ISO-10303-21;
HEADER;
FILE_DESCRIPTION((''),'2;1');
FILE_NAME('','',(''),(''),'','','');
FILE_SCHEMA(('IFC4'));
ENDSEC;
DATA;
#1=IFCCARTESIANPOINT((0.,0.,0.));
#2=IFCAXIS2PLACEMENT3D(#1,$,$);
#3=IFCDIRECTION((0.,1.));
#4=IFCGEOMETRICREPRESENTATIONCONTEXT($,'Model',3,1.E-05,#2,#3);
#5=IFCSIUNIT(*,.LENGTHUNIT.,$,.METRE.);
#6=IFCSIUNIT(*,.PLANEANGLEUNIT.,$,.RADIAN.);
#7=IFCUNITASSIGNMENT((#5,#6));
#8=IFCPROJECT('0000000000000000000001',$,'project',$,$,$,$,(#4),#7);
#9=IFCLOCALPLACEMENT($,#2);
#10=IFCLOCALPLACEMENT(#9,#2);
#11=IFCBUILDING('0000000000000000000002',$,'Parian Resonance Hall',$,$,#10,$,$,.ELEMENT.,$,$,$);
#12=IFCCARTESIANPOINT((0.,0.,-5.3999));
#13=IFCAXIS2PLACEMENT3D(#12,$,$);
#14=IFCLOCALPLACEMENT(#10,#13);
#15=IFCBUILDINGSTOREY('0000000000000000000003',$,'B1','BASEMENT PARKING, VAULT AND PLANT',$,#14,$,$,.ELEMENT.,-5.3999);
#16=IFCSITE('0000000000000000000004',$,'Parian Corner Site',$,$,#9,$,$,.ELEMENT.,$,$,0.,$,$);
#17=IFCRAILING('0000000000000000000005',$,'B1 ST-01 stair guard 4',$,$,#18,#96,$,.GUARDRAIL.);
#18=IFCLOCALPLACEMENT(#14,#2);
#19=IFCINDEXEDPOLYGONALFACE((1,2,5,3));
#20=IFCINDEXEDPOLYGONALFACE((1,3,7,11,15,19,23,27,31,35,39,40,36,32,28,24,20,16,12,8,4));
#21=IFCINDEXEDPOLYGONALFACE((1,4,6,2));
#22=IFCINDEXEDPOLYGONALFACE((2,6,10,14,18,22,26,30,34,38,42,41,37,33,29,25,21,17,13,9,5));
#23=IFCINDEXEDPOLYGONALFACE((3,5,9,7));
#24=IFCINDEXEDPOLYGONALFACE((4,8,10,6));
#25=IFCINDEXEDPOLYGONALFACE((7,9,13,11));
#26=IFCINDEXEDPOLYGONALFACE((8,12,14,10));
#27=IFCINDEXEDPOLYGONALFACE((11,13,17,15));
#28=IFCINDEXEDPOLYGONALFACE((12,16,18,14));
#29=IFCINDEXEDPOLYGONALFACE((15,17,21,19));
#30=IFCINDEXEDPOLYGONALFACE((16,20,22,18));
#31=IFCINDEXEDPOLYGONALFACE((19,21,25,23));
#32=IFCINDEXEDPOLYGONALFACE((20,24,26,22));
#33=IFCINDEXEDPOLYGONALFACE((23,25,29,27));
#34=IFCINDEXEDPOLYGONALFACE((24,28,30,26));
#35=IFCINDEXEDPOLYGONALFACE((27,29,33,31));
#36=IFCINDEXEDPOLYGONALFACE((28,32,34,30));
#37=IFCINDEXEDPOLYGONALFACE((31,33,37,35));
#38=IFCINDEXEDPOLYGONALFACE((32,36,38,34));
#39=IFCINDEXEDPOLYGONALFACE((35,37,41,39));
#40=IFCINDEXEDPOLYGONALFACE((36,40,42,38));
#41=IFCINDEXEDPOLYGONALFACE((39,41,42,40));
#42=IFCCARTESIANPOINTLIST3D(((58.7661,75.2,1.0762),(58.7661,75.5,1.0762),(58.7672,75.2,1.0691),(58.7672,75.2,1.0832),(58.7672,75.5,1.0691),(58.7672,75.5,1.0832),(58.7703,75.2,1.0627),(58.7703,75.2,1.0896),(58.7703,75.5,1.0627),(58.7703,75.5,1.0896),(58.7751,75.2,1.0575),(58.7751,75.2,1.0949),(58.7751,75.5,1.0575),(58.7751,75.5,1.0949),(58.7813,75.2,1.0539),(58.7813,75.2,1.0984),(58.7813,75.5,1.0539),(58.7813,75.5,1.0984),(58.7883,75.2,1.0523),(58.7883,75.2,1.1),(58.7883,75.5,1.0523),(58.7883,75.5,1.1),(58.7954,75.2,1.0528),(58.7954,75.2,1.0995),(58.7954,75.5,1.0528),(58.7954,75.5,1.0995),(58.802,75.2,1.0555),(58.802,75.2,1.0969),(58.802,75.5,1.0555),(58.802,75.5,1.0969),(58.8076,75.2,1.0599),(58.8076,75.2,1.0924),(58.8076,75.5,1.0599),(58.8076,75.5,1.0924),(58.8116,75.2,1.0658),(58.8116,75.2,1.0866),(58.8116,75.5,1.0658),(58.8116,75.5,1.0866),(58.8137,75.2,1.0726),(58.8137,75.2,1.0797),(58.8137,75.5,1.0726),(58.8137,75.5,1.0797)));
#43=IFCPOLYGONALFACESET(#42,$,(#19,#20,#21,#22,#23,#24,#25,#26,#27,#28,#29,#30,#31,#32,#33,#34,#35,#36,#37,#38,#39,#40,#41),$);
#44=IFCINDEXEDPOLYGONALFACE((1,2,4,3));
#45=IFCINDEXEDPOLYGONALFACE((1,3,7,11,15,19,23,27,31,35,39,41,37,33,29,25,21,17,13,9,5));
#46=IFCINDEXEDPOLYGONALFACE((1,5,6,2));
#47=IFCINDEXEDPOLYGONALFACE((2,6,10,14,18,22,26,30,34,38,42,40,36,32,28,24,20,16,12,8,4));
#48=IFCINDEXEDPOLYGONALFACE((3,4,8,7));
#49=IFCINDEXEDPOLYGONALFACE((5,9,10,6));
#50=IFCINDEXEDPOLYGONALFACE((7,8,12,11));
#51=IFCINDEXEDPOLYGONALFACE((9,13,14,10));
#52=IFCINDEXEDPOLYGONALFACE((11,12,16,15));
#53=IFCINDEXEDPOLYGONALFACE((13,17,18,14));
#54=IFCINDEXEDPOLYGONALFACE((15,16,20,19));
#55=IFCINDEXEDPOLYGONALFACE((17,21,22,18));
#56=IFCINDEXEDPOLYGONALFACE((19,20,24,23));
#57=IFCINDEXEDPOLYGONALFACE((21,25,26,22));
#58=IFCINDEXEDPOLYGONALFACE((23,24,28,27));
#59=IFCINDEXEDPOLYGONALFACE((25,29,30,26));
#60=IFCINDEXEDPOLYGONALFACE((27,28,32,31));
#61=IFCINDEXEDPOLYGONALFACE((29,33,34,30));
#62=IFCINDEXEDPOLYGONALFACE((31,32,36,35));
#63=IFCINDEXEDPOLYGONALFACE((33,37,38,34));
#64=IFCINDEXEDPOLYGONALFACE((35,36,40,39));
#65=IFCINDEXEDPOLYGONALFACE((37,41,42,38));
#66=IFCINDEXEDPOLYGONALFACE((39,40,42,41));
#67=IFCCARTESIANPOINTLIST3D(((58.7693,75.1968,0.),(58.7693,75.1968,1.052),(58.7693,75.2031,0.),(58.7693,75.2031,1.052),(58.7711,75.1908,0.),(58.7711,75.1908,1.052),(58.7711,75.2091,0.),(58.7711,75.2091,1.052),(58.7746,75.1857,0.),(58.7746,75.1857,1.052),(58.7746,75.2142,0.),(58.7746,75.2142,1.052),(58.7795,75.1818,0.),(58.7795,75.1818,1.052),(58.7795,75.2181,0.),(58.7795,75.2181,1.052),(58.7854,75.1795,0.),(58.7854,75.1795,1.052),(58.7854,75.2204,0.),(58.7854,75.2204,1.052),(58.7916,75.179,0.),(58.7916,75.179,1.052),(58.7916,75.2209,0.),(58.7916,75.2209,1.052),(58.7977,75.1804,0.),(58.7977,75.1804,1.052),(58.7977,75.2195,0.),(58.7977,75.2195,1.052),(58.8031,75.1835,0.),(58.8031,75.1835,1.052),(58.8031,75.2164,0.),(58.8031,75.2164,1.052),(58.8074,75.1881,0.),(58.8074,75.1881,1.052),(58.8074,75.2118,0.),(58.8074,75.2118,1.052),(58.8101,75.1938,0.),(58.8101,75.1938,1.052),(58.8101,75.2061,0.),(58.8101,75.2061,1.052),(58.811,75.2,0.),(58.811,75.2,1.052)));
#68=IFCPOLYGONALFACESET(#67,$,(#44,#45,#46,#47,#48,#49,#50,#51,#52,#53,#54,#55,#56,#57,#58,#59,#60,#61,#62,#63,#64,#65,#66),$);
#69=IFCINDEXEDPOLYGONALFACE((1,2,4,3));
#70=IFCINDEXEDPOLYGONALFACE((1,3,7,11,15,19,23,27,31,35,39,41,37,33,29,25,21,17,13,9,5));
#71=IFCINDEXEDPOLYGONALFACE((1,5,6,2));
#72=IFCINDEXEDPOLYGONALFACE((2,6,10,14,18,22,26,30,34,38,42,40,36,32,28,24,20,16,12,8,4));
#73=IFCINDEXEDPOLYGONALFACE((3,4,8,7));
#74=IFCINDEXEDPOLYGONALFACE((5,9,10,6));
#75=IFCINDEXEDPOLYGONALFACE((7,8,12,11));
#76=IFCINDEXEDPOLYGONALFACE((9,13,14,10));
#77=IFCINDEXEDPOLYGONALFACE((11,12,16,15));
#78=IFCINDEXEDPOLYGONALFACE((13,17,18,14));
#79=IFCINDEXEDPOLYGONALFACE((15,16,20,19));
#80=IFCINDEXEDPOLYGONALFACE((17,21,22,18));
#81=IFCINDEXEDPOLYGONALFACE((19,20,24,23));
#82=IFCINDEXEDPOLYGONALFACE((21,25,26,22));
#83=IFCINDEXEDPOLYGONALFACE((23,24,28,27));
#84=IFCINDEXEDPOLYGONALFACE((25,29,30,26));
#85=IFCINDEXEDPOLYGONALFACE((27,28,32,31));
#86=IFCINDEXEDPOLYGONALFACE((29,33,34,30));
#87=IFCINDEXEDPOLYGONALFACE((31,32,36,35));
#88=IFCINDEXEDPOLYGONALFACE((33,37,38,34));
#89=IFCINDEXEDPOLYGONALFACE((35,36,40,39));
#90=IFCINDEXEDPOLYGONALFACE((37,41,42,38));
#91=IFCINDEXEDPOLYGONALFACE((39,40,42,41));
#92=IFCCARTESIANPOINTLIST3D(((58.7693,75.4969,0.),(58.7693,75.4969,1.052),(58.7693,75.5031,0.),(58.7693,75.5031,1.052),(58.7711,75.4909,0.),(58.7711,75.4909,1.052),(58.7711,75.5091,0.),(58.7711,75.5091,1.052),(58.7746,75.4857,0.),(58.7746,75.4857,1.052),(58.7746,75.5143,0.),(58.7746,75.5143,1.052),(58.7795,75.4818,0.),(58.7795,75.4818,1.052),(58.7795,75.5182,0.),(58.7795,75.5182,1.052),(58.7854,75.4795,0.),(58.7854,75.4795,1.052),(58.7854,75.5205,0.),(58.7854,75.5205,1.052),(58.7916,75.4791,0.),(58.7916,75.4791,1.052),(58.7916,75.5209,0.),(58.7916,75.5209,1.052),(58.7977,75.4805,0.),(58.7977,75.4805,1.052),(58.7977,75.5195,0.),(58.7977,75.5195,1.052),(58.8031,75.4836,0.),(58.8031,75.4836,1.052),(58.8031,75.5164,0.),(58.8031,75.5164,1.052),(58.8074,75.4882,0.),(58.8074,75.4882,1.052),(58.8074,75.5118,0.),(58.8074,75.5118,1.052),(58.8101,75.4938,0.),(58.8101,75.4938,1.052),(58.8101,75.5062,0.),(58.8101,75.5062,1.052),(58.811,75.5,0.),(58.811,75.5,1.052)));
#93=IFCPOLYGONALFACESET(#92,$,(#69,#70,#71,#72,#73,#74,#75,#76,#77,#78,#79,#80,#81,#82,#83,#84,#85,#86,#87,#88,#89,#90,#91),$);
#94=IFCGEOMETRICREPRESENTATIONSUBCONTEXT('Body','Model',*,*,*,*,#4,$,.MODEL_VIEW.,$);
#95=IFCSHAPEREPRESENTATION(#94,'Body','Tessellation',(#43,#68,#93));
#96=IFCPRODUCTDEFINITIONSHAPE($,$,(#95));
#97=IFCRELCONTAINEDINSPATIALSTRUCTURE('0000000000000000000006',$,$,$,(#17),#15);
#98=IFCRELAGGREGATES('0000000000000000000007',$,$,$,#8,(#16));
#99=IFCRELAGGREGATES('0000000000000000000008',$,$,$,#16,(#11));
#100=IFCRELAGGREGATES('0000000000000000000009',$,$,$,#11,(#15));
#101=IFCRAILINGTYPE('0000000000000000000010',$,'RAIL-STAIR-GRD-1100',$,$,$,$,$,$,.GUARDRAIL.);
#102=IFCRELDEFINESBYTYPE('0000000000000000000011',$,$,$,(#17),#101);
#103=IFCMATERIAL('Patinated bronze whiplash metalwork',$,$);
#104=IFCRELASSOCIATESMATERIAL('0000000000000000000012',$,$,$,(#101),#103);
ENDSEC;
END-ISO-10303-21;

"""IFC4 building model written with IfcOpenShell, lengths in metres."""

from ifc_helpers import new_model, si_unit, direction, frame, origin, origin_2d, place, context, subcontext, project, spatial, circle, extrude, material, type_object, element, save


model = new_model("IFC4")

# Units and contexts
model_context = context("Model", 3, precision=1e-05, world=origin(), true_north=direction((0.0, 1.0)))
body_context = subcontext(model_context, "Body", "Model", "MODEL_VIEW")
ifc_project = project(units=[si_unit("LENGTHUNIT", "METRE"), si_unit("PLANEANGLEUNIT", "RADIAN")], contexts=[model_context])

# Site, building, storey
site_placement = place(None, origin())
site = spatial("IfcSite", under=ifc_project, at=site_placement, Name="Parian Corner Site", CompositionType="ELEMENT", RefElevation=0.0)
building_placement = place(site_placement, origin())
building = spatial("IfcBuilding", under=site, at=building_placement, Name="Parian Resonance Hall", CompositionType="ELEMENT")
storey_placement = place(building_placement, frame((0.0, 0.0, -5.3999)))
storey = spatial("IfcBuildingStorey", under=building, at=storey_placement, Name="B1", Description="BASEMENT PARKING, VAULT AND PLANT", CompositionType="ELEMENT", Elevation=-5.3999)

# Railing
ifc_material_1 = material(Name="Patinated bronze whiplash metalwork")
railing_type_1 = type_object("IfcRailingType", Name="RAIL-STAIR-GRD-1100", PredefinedType="GUARDRAIL", material=ifc_material_1)
railing_1_placement = place(storey_placement, frame((58.79, 75.2, 0.0)))
element("IfcRailing", 1, at=railing_1_placement, inside=storey, type_object=railing_type_1, Name="B1 ST-01 stair guard 4", PredefinedType="GUARDRAIL", context=body_context, shape_type="SweptSolid", body=[
    extrude(circle(Radius=0.0239, at=origin_2d()), frame((0.0, 0.0, 1.0762), z_axis=(0.0, 1.0, 0.0), x_axis=(-1.0, 0.0, 0.0)), (0.0, 0.0, 1.0), 0.3),
    extrude(circle(Radius=0.021, at=origin_2d()), origin(), (0.0, 0.0, 1.0), 1.052),
    extrude(circle(Radius=0.021, at=origin_2d()), frame((0.0, 0.3, 0.0)), (0.0, 0.0, 1.0), 1.052),
])

save(model, "model.ifc")
